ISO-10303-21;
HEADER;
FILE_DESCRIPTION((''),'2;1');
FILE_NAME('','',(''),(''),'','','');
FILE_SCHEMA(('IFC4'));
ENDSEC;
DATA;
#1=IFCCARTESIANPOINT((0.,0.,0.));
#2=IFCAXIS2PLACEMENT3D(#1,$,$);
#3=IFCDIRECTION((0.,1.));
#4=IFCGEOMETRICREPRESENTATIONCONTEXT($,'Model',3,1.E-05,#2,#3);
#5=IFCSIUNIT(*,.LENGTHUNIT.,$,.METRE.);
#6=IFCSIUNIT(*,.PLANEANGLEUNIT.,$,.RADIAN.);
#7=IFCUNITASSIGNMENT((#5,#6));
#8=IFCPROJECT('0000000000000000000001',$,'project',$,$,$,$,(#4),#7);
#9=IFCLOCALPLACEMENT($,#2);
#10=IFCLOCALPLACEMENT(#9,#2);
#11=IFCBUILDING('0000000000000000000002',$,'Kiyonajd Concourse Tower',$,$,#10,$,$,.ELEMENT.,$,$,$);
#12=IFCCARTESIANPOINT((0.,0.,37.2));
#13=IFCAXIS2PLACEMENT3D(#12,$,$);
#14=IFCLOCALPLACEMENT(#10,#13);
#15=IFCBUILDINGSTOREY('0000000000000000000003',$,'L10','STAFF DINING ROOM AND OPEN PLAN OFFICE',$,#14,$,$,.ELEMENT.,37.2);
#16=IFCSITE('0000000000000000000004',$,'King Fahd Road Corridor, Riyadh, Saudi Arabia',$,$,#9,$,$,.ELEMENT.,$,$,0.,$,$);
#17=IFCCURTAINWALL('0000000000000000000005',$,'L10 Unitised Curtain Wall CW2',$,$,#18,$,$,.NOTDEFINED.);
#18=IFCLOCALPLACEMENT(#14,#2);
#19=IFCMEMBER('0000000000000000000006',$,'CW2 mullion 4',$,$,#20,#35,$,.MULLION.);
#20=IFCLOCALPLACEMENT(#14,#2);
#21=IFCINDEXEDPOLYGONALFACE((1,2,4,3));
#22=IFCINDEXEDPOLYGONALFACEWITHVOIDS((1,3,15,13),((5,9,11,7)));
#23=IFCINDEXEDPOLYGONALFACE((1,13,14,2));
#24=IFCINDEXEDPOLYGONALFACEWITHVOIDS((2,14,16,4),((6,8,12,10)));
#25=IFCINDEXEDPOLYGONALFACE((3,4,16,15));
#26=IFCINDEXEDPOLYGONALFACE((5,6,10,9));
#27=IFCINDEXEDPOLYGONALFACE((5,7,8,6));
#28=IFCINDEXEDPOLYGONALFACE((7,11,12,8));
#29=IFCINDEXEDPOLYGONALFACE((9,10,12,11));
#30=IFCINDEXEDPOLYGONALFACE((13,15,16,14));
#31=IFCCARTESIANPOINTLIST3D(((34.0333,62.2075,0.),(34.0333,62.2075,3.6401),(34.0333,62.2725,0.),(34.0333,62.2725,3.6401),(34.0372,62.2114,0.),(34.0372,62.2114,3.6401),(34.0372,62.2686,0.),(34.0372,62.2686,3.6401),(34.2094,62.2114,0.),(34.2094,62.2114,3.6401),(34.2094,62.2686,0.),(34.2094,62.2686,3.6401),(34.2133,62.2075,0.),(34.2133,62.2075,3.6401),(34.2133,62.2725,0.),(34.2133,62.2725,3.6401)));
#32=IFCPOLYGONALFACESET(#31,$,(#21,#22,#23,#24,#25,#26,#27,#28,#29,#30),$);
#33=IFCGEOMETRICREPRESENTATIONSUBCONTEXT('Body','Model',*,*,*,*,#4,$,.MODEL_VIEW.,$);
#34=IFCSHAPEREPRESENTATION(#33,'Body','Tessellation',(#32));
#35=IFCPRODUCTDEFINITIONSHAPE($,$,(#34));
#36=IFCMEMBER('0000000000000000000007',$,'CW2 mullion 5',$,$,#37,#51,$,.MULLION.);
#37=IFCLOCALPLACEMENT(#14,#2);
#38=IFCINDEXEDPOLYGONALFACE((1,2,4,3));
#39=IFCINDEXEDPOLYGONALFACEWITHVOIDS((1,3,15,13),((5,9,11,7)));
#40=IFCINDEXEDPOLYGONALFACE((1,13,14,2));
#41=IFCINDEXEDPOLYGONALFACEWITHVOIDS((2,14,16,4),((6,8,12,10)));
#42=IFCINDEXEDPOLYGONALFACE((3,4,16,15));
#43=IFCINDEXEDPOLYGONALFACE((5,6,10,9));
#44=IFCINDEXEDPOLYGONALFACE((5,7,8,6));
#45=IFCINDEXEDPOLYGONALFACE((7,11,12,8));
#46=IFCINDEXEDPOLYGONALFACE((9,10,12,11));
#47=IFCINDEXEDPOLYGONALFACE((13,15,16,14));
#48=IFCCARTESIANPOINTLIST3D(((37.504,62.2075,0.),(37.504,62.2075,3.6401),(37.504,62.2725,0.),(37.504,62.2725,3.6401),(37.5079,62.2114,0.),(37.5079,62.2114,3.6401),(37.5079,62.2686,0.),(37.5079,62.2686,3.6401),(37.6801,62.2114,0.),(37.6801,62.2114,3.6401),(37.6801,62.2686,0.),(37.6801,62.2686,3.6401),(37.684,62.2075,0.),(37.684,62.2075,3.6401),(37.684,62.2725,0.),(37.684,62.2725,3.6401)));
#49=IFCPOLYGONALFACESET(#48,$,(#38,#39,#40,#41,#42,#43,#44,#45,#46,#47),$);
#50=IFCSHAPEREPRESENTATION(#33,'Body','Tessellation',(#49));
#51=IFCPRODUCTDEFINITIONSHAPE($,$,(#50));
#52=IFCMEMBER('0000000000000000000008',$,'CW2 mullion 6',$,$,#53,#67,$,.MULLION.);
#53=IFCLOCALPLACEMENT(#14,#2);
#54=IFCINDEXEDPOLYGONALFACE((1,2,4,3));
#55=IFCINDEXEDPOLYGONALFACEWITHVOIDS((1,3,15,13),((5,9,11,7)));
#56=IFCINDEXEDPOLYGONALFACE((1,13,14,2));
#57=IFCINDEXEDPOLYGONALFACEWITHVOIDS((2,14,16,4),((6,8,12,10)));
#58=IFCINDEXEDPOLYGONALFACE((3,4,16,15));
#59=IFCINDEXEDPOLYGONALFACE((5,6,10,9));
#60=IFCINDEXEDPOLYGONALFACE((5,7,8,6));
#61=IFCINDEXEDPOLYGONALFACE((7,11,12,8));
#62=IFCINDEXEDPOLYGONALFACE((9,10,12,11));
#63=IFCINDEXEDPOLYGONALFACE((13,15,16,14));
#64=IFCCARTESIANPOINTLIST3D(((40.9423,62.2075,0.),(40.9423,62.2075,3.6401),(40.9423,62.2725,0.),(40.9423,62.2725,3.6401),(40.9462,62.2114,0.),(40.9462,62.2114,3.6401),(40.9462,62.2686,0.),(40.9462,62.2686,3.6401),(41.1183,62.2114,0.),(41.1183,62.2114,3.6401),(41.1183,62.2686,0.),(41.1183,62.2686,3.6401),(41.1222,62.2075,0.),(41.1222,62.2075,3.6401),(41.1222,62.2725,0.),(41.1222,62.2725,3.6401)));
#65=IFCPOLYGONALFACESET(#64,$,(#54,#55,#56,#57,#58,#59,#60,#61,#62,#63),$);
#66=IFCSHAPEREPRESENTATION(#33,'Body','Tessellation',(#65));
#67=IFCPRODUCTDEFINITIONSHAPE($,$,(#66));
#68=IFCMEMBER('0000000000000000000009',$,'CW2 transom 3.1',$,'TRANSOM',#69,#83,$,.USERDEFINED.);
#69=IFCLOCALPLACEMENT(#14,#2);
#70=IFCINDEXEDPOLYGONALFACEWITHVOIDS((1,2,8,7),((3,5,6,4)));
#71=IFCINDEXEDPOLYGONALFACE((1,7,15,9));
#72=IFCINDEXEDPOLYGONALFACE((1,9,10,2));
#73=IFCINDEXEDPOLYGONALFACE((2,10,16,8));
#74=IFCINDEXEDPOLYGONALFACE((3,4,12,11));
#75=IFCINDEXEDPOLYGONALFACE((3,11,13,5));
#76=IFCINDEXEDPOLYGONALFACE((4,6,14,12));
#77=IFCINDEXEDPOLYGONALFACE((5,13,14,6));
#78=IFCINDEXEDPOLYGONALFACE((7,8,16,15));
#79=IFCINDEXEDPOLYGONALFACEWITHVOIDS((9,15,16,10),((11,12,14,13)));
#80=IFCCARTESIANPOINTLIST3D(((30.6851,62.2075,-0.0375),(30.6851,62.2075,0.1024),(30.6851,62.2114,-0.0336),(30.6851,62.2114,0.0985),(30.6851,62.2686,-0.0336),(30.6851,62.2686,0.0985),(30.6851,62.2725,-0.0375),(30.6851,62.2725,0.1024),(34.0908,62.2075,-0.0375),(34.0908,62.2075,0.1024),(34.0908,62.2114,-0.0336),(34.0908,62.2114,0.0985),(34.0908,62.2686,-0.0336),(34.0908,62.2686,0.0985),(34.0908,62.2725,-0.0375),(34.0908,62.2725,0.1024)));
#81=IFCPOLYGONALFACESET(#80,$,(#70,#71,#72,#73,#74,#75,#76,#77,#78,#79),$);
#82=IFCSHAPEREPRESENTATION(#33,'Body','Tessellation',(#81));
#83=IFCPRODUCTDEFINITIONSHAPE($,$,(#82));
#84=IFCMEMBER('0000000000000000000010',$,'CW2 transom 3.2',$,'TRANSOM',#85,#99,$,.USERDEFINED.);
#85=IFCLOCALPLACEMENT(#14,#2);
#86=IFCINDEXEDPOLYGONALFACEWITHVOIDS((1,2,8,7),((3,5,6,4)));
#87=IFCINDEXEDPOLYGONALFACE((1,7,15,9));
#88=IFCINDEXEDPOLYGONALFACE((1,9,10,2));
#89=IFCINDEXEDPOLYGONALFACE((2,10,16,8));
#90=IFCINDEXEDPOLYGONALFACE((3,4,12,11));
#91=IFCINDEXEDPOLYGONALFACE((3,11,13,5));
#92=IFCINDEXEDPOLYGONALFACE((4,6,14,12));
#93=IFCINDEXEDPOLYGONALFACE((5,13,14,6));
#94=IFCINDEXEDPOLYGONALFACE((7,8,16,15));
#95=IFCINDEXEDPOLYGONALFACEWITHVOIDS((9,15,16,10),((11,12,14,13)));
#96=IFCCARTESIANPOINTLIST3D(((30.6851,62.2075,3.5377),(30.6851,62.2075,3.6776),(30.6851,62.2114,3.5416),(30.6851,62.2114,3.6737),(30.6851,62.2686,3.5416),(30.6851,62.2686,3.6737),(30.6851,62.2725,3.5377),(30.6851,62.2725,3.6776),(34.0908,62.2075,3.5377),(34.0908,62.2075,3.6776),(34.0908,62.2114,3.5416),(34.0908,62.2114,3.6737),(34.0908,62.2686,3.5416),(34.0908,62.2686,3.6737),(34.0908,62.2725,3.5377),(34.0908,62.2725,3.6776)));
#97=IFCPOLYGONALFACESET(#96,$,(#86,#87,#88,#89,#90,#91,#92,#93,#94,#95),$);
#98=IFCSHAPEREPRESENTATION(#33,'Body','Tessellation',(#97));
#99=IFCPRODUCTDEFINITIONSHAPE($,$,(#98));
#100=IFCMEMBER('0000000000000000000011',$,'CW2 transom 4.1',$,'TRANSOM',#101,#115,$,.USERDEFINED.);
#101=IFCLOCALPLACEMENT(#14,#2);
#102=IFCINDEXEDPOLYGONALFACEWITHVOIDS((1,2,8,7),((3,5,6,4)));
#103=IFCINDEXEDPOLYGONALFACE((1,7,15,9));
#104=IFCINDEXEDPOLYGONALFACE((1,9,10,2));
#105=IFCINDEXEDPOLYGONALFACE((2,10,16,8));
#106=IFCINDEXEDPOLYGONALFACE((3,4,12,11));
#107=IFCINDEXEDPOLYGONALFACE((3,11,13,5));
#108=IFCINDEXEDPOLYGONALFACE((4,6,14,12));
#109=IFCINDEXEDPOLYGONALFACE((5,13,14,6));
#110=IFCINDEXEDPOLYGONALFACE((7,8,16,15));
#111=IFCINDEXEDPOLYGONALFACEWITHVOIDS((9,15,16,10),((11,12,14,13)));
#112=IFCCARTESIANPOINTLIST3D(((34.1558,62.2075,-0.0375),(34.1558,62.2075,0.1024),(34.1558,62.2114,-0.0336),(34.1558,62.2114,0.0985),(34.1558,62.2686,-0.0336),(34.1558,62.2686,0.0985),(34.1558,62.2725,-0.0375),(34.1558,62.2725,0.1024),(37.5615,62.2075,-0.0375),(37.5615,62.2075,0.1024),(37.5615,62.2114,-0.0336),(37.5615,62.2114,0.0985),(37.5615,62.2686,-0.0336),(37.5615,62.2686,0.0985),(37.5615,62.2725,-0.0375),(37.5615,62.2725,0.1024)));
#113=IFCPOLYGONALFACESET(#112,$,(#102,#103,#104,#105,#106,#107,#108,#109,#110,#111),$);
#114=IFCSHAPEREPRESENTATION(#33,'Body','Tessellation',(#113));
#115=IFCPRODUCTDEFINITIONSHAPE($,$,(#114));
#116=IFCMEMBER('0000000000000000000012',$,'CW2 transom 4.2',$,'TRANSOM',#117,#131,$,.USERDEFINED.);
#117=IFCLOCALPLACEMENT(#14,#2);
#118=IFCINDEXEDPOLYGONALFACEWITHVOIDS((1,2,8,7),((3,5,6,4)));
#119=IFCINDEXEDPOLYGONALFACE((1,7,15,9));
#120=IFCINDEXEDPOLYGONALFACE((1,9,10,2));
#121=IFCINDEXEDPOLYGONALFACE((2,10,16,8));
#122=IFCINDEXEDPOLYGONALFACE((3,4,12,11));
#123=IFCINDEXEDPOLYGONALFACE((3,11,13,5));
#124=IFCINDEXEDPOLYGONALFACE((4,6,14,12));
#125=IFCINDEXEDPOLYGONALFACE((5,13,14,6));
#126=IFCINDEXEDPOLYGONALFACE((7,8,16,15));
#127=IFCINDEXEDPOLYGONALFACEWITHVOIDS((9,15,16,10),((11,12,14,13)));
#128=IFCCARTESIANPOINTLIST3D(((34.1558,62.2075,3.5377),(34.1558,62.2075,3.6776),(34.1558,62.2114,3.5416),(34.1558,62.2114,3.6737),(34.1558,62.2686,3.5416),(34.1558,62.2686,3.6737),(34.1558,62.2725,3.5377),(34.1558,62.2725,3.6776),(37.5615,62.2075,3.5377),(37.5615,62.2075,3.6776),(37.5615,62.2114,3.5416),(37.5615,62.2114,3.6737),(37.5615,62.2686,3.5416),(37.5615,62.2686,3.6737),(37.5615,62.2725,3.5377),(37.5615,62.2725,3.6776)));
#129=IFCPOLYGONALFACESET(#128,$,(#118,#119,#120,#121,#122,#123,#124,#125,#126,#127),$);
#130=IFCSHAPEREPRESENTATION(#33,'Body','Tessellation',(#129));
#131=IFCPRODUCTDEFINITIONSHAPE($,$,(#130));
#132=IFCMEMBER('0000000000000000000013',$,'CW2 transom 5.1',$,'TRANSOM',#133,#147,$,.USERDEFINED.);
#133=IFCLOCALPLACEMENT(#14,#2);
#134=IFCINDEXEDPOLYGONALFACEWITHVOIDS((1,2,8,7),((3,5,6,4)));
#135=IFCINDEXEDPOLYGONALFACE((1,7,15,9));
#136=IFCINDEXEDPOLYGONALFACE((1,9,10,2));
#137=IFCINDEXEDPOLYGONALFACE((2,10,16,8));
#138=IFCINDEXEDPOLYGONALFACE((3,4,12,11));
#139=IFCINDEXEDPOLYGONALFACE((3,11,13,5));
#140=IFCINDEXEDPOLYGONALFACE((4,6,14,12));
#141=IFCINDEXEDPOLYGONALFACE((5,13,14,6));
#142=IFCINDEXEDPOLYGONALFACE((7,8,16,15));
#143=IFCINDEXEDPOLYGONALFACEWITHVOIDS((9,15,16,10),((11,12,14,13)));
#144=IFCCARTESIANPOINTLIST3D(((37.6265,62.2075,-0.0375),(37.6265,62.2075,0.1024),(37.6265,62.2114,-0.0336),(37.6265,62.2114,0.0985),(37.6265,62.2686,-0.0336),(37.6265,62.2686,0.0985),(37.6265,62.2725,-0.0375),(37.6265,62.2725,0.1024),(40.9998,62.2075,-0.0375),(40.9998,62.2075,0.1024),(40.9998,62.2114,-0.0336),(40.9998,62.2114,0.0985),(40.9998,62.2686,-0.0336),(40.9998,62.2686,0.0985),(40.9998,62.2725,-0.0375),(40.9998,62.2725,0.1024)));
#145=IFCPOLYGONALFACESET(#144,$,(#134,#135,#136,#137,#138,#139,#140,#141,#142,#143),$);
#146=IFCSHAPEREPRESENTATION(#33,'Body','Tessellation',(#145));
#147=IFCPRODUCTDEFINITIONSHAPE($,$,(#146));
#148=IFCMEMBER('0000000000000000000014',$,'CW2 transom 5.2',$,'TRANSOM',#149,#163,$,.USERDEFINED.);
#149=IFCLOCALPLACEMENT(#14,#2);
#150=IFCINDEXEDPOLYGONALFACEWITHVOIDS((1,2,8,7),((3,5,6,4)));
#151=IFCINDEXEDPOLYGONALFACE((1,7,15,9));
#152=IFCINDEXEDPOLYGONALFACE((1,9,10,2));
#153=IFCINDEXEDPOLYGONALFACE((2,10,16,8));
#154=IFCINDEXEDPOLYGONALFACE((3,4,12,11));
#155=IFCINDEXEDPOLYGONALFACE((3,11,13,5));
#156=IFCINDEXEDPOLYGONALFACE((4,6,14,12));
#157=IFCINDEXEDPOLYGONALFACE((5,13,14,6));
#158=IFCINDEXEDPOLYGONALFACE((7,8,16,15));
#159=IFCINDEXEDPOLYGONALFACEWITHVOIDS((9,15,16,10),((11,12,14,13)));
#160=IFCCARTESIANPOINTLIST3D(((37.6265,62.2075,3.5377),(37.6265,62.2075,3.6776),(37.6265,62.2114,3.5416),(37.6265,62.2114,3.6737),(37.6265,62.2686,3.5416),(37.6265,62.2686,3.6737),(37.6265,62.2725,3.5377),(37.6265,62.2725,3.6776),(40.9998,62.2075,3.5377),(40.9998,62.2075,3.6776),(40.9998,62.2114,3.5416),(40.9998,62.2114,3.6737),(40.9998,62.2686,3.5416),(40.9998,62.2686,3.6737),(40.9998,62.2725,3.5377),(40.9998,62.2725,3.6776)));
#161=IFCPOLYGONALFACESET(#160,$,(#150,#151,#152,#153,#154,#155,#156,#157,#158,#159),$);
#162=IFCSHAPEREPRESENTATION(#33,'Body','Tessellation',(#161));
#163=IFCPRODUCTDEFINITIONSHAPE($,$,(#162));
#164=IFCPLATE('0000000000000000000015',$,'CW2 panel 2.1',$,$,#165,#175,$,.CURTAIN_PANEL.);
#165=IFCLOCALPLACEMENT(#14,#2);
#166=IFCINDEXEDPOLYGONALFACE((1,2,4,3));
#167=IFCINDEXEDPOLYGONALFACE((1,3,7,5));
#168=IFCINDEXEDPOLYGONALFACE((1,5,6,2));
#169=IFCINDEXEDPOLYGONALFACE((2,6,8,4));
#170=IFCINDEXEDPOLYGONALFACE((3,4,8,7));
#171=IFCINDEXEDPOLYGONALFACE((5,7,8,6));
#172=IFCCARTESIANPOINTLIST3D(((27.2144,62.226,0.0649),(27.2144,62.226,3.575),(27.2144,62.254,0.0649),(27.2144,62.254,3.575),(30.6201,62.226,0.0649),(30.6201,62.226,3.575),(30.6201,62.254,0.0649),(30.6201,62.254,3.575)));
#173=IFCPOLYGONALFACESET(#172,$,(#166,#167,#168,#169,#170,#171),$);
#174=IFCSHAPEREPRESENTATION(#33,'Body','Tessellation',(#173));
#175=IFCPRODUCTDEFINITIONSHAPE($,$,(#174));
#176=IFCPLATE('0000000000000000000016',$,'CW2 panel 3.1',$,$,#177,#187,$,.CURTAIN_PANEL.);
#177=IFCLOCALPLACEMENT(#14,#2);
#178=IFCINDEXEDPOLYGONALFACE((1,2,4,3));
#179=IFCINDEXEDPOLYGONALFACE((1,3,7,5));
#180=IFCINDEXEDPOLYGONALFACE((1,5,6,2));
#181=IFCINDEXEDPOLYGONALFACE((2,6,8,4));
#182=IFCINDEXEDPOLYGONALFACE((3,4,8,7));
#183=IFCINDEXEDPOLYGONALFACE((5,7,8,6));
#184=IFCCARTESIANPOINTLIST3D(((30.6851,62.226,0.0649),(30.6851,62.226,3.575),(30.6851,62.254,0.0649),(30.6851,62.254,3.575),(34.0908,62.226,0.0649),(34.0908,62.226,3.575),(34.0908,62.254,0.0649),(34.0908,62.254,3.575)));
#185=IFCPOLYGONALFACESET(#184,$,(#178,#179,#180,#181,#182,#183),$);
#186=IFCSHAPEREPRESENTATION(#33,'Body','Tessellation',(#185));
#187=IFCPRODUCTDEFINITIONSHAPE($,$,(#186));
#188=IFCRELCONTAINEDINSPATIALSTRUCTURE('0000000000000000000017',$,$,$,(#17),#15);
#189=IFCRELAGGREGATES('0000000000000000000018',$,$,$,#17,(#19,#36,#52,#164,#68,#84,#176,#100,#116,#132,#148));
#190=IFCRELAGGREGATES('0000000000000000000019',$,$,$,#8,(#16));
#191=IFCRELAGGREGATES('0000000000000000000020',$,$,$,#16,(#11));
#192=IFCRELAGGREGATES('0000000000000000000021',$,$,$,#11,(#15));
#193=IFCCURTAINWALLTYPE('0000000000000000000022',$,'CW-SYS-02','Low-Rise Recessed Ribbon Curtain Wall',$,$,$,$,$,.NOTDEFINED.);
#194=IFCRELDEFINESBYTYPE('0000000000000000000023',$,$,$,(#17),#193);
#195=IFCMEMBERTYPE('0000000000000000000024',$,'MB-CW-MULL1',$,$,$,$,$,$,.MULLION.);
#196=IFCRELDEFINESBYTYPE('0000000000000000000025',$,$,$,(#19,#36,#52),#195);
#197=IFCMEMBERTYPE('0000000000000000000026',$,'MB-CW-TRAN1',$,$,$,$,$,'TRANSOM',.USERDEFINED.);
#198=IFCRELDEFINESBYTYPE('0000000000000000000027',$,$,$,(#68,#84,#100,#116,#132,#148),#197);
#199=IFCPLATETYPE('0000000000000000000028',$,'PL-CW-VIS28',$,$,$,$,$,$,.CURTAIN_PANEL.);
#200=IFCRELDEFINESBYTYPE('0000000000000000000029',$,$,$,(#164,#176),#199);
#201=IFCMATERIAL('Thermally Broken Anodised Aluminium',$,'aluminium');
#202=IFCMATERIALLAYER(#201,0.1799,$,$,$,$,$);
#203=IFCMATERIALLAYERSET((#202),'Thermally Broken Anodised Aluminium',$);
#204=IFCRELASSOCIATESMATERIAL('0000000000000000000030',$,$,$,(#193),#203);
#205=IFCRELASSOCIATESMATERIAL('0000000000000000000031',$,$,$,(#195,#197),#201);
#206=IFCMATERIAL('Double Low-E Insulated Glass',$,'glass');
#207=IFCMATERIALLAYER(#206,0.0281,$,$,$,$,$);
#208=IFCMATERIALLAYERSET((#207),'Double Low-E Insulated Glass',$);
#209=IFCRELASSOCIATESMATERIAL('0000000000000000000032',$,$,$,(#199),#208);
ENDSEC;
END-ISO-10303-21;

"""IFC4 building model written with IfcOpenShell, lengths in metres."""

from ifc_helpers import new_model, si_unit, direction, frame, origin, origin_2d, place, context, subcontext, project, spatial, rectangle, hollow_rectangle, extrude, material, layer, layer_set, material_profile, profile_set, type_object, element, aggregate, save


model = new_model("IFC4")

# Units and contexts
model_context = context("Model", 3, precision=1e-05, world=origin(), true_north=direction((0.0, 1.0)))
body_context = subcontext(model_context, "Body", "Model", "MODEL_VIEW")
ifc_project = project(units=[si_unit("LENGTHUNIT", "METRE"), si_unit("PLANEANGLEUNIT", "RADIAN")], contexts=[model_context])

# Site, building, storey
site_placement = place(None, origin())
site = spatial("IfcSite", under=ifc_project, at=site_placement, Name="King Fahd Road Corridor, Riyadh, Saudi Arabia", CompositionType="ELEMENT", RefElevation=0.0)
building_placement = place(site_placement, origin())
building = spatial("IfcBuilding", under=site, at=building_placement, Name="Kiyonajd Concourse Tower", CompositionType="ELEMENT")
storey_placement = place(building_placement, frame((0.0, 0.0, 37.2)))
storey = spatial("IfcBuildingStorey", under=building, at=storey_placement, Name="L10", Description="STAFF DINING ROOM AND OPEN PLAN OFFICE", CompositionType="ELEMENT", Elevation=37.2)

# Curtain wall, members, plates
ifc_material_1 = material(Name="Thermally Broken Anodised Aluminium", Category="aluminium")
ifc_layer_1 = layer(ifc_material_1, 0.1799)
ifc_layer_set_1 = layer_set([ifc_layer_1], Name="Thermally Broken Anodised Aluminium")
curtain_wall_type = type_object("IfcCurtainWallType", Name="CW-SYS-02", Description="Low-Rise Recessed Ribbon Curtain Wall", PredefinedType="NOTDEFINED", material=ifc_layer_set_1)
curtain_wall_placement = place(storey_placement, origin())
curtain_wall = element("IfcCurtainWall", 1, at=curtain_wall_placement, inside=storey, type_object=curtain_wall_type, Name="L10 Unitised Curtain Wall CW2", PredefinedType="NOTDEFINED")
ifc_material_profile_1 = material_profile(ifc_material_1, hollow_rectangle(XDim=0.0649, YDim=0.1799, WallThickness=0.0039, at=origin_2d()), Name="MULL-65x180")
ifc_profile_set_1 = profile_set([ifc_material_profile_1], Name="Thermally Broken Anodised Aluminium")
member_type_1 = type_object("IfcMemberType", Name="MB-CW-MULL1", PredefinedType="MULLION", material=ifc_profile_set_1)
member_1_placement = place(storey_placement, frame((34.1233, 62.24, 0.0), z_axis=(0.0, 0.0, 1.0), x_axis=(0.0, 1.0, 0.0)))
member_1 = element("IfcMember", 2, at=member_1_placement, type_object=member_type_1, Name="CW2 mullion 4", PredefinedType="MULLION", context=body_context, shape_type="SweptSolid", body=[
    extrude(hollow_rectangle(XDim=0.0649, YDim=0.1799, WallThickness=0.0039, at=origin_2d()), origin(), (0.0, 0.0, 1.0), 3.6401),
])
member_2_placement = place(storey_placement, frame((37.594, 62.24, 0.0), z_axis=(0.0, 0.0, 1.0), x_axis=(0.0, 1.0, 0.0)))
member_2 = element("IfcMember", 3, at=member_2_placement, type_object=member_type_1, Name="CW2 mullion 5", PredefinedType="MULLION", context=body_context, shape_type="SweptSolid", body=[
    extrude(hollow_rectangle(XDim=0.0649, YDim=0.1799, WallThickness=0.0039, at=origin_2d()), origin(), (0.0, 0.0, 1.0), 3.6401),
])
member_3_placement = place(storey_placement, frame((41.0322, 62.24, 0.0), z_axis=(0.0, 0.0, 1.0), x_axis=(0.0, 1.0, 0.0)))
member_3 = element("IfcMember", 4, at=member_3_placement, type_object=member_type_1, Name="CW2 mullion 6", PredefinedType="MULLION", context=body_context, shape_type="SweptSolid", body=[
    extrude(hollow_rectangle(XDim=0.0649, YDim=0.1799, WallThickness=0.0039, at=origin_2d()), origin(), (0.0, 0.0, 1.0), 3.6401),
])
ifc_material_profile_2 = material_profile(ifc_material_1, hollow_rectangle(XDim=0.0649, YDim=0.1399, WallThickness=0.0039, at=origin_2d()), Name="TRAN-65x140")
ifc_profile_set_2 = profile_set([ifc_material_profile_2], Name="Thermally Broken Anodised Aluminium")
member_type_2 = type_object("IfcMemberType", Name="MB-CW-TRAN1", ElementType="TRANSOM", PredefinedType="USERDEFINED", material=ifc_profile_set_2)
member_4_placement = place(storey_placement, frame((30.6851, 62.24, 0.0325), z_axis=(1.0, 0.0, 0.0), x_axis=(0.0, 1.0, 0.0)))
member_4 = element("IfcMember", 5, at=member_4_placement, type_object=member_type_2, Name="CW2 transom 3.1", ObjectType="TRANSOM", PredefinedType="USERDEFINED", context=body_context, shape_type="SweptSolid", body=[
    extrude(hollow_rectangle(XDim=0.0649, YDim=0.1399, WallThickness=0.0039, at=origin_2d()), origin(), (0.0, 0.0, 1.0), 3.4058),
])
member_5_placement = place(storey_placement, frame((30.6851, 62.24, 3.6077), z_axis=(1.0, 0.0, 0.0), x_axis=(0.0, 1.0, 0.0)))
member_5 = element("IfcMember", 6, at=member_5_placement, type_object=member_type_2, Name="CW2 transom 3.2", ObjectType="TRANSOM", PredefinedType="USERDEFINED", context=body_context, shape_type="SweptSolid", body=[
    extrude(hollow_rectangle(XDim=0.0649, YDim=0.1399, WallThickness=0.0039, at=origin_2d()), origin(), (0.0, 0.0, 1.0), 3.4058),
])
member_6_placement = place(storey_placement, frame((34.1558, 62.24, 0.0325), z_axis=(1.0, 0.0, 0.0), x_axis=(0.0, 1.0, 0.0)))
member_6 = element("IfcMember", 7, at=member_6_placement, type_object=member_type_2, Name="CW2 transom 4.1", ObjectType="TRANSOM", PredefinedType="USERDEFINED", context=body_context, shape_type="SweptSolid", body=[
    extrude(hollow_rectangle(XDim=0.0649, YDim=0.1399, WallThickness=0.0039, at=origin_2d()), origin(), (0.0, 0.0, 1.0), 3.4058),
])
member_7_placement = place(storey_placement, frame((34.1558, 62.24, 3.6077), z_axis=(1.0, 0.0, 0.0), x_axis=(0.0, 1.0, 0.0)))
member_7 = element("IfcMember", 8, at=member_7_placement, type_object=member_type_2, Name="CW2 transom 4.2", ObjectType="TRANSOM", PredefinedType="USERDEFINED", context=body_context, shape_type="SweptSolid", body=[
    extrude(hollow_rectangle(XDim=0.0649, YDim=0.1399, WallThickness=0.0039, at=origin_2d()), origin(), (0.0, 0.0, 1.0), 3.4058),
])
member_8_placement = place(storey_placement, frame((37.6265, 62.24, 0.0325), z_axis=(1.0, 0.0, 0.0), x_axis=(0.0, 1.0, 0.0)))
member_8 = element("IfcMember", 9, at=member_8_placement, type_object=member_type_2, Name="CW2 transom 5.1", ObjectType="TRANSOM", PredefinedType="USERDEFINED", context=body_context, shape_type="SweptSolid", body=[
    extrude(hollow_rectangle(XDim=0.0649, YDim=0.1399, WallThickness=0.0039, at=origin_2d()), origin(), (0.0, 0.0, 1.0), 3.3733),
])
member_9_placement = place(storey_placement, frame((37.6265, 62.24, 3.6077), z_axis=(1.0, 0.0, 0.0), x_axis=(0.0, 1.0, 0.0)))
member_9 = element("IfcMember", 10, at=member_9_placement, type_object=member_type_2, Name="CW2 transom 5.2", ObjectType="TRANSOM", PredefinedType="USERDEFINED", context=body_context, shape_type="SweptSolid", body=[
    extrude(hollow_rectangle(XDim=0.0649, YDim=0.1399, WallThickness=0.0039, at=origin_2d()), origin(), (0.0, 0.0, 1.0), 3.3733),
])
ifc_material_2 = material(Name="Double Low-E Insulated Glass", Category="glass")
ifc_layer_2 = layer(ifc_material_2, 0.0281)
ifc_layer_set_2 = layer_set([ifc_layer_2], Name="Double Low-E Insulated Glass")
plate_type_1 = type_object("IfcPlateType", Name="PL-CW-VIS28", PredefinedType="CURTAIN_PANEL", material=ifc_layer_set_2)
plate_1_placement = place(storey_placement, frame((28.9172, 62.24, 0.0649), z_axis=(0.0, 0.0, 1.0), x_axis=(1.0, 0.0, 0.0)))
plate_1 = element("IfcPlate", 11, at=plate_1_placement, type_object=plate_type_1, Name="CW2 panel 2.1", PredefinedType="CURTAIN_PANEL", context=body_context, shape_type="SweptSolid", body=[
    extrude(rectangle(XDim=3.4058, YDim=0.0281, at=origin_2d()), origin(), (0.0, 0.0, 1.0), 3.51),
])
plate_2_placement = place(storey_placement, frame((32.3879, 62.24, 0.0649), z_axis=(0.0, 0.0, 1.0), x_axis=(1.0, 0.0, 0.0)))
plate_2 = element("IfcPlate", 12, at=plate_2_placement, type_object=plate_type_1, Name="CW2 panel 3.1", PredefinedType="CURTAIN_PANEL", context=body_context, shape_type="SweptSolid", body=[
    extrude(rectangle(XDim=3.4058, YDim=0.0281, at=origin_2d()), origin(), (0.0, 0.0, 1.0), 3.51),
])
aggregate(curtain_wall, [member_1, member_2, member_3, plate_1, member_4, member_5, plate_2, member_6, member_7, member_8, member_9])

save(model, "model.ifc")
